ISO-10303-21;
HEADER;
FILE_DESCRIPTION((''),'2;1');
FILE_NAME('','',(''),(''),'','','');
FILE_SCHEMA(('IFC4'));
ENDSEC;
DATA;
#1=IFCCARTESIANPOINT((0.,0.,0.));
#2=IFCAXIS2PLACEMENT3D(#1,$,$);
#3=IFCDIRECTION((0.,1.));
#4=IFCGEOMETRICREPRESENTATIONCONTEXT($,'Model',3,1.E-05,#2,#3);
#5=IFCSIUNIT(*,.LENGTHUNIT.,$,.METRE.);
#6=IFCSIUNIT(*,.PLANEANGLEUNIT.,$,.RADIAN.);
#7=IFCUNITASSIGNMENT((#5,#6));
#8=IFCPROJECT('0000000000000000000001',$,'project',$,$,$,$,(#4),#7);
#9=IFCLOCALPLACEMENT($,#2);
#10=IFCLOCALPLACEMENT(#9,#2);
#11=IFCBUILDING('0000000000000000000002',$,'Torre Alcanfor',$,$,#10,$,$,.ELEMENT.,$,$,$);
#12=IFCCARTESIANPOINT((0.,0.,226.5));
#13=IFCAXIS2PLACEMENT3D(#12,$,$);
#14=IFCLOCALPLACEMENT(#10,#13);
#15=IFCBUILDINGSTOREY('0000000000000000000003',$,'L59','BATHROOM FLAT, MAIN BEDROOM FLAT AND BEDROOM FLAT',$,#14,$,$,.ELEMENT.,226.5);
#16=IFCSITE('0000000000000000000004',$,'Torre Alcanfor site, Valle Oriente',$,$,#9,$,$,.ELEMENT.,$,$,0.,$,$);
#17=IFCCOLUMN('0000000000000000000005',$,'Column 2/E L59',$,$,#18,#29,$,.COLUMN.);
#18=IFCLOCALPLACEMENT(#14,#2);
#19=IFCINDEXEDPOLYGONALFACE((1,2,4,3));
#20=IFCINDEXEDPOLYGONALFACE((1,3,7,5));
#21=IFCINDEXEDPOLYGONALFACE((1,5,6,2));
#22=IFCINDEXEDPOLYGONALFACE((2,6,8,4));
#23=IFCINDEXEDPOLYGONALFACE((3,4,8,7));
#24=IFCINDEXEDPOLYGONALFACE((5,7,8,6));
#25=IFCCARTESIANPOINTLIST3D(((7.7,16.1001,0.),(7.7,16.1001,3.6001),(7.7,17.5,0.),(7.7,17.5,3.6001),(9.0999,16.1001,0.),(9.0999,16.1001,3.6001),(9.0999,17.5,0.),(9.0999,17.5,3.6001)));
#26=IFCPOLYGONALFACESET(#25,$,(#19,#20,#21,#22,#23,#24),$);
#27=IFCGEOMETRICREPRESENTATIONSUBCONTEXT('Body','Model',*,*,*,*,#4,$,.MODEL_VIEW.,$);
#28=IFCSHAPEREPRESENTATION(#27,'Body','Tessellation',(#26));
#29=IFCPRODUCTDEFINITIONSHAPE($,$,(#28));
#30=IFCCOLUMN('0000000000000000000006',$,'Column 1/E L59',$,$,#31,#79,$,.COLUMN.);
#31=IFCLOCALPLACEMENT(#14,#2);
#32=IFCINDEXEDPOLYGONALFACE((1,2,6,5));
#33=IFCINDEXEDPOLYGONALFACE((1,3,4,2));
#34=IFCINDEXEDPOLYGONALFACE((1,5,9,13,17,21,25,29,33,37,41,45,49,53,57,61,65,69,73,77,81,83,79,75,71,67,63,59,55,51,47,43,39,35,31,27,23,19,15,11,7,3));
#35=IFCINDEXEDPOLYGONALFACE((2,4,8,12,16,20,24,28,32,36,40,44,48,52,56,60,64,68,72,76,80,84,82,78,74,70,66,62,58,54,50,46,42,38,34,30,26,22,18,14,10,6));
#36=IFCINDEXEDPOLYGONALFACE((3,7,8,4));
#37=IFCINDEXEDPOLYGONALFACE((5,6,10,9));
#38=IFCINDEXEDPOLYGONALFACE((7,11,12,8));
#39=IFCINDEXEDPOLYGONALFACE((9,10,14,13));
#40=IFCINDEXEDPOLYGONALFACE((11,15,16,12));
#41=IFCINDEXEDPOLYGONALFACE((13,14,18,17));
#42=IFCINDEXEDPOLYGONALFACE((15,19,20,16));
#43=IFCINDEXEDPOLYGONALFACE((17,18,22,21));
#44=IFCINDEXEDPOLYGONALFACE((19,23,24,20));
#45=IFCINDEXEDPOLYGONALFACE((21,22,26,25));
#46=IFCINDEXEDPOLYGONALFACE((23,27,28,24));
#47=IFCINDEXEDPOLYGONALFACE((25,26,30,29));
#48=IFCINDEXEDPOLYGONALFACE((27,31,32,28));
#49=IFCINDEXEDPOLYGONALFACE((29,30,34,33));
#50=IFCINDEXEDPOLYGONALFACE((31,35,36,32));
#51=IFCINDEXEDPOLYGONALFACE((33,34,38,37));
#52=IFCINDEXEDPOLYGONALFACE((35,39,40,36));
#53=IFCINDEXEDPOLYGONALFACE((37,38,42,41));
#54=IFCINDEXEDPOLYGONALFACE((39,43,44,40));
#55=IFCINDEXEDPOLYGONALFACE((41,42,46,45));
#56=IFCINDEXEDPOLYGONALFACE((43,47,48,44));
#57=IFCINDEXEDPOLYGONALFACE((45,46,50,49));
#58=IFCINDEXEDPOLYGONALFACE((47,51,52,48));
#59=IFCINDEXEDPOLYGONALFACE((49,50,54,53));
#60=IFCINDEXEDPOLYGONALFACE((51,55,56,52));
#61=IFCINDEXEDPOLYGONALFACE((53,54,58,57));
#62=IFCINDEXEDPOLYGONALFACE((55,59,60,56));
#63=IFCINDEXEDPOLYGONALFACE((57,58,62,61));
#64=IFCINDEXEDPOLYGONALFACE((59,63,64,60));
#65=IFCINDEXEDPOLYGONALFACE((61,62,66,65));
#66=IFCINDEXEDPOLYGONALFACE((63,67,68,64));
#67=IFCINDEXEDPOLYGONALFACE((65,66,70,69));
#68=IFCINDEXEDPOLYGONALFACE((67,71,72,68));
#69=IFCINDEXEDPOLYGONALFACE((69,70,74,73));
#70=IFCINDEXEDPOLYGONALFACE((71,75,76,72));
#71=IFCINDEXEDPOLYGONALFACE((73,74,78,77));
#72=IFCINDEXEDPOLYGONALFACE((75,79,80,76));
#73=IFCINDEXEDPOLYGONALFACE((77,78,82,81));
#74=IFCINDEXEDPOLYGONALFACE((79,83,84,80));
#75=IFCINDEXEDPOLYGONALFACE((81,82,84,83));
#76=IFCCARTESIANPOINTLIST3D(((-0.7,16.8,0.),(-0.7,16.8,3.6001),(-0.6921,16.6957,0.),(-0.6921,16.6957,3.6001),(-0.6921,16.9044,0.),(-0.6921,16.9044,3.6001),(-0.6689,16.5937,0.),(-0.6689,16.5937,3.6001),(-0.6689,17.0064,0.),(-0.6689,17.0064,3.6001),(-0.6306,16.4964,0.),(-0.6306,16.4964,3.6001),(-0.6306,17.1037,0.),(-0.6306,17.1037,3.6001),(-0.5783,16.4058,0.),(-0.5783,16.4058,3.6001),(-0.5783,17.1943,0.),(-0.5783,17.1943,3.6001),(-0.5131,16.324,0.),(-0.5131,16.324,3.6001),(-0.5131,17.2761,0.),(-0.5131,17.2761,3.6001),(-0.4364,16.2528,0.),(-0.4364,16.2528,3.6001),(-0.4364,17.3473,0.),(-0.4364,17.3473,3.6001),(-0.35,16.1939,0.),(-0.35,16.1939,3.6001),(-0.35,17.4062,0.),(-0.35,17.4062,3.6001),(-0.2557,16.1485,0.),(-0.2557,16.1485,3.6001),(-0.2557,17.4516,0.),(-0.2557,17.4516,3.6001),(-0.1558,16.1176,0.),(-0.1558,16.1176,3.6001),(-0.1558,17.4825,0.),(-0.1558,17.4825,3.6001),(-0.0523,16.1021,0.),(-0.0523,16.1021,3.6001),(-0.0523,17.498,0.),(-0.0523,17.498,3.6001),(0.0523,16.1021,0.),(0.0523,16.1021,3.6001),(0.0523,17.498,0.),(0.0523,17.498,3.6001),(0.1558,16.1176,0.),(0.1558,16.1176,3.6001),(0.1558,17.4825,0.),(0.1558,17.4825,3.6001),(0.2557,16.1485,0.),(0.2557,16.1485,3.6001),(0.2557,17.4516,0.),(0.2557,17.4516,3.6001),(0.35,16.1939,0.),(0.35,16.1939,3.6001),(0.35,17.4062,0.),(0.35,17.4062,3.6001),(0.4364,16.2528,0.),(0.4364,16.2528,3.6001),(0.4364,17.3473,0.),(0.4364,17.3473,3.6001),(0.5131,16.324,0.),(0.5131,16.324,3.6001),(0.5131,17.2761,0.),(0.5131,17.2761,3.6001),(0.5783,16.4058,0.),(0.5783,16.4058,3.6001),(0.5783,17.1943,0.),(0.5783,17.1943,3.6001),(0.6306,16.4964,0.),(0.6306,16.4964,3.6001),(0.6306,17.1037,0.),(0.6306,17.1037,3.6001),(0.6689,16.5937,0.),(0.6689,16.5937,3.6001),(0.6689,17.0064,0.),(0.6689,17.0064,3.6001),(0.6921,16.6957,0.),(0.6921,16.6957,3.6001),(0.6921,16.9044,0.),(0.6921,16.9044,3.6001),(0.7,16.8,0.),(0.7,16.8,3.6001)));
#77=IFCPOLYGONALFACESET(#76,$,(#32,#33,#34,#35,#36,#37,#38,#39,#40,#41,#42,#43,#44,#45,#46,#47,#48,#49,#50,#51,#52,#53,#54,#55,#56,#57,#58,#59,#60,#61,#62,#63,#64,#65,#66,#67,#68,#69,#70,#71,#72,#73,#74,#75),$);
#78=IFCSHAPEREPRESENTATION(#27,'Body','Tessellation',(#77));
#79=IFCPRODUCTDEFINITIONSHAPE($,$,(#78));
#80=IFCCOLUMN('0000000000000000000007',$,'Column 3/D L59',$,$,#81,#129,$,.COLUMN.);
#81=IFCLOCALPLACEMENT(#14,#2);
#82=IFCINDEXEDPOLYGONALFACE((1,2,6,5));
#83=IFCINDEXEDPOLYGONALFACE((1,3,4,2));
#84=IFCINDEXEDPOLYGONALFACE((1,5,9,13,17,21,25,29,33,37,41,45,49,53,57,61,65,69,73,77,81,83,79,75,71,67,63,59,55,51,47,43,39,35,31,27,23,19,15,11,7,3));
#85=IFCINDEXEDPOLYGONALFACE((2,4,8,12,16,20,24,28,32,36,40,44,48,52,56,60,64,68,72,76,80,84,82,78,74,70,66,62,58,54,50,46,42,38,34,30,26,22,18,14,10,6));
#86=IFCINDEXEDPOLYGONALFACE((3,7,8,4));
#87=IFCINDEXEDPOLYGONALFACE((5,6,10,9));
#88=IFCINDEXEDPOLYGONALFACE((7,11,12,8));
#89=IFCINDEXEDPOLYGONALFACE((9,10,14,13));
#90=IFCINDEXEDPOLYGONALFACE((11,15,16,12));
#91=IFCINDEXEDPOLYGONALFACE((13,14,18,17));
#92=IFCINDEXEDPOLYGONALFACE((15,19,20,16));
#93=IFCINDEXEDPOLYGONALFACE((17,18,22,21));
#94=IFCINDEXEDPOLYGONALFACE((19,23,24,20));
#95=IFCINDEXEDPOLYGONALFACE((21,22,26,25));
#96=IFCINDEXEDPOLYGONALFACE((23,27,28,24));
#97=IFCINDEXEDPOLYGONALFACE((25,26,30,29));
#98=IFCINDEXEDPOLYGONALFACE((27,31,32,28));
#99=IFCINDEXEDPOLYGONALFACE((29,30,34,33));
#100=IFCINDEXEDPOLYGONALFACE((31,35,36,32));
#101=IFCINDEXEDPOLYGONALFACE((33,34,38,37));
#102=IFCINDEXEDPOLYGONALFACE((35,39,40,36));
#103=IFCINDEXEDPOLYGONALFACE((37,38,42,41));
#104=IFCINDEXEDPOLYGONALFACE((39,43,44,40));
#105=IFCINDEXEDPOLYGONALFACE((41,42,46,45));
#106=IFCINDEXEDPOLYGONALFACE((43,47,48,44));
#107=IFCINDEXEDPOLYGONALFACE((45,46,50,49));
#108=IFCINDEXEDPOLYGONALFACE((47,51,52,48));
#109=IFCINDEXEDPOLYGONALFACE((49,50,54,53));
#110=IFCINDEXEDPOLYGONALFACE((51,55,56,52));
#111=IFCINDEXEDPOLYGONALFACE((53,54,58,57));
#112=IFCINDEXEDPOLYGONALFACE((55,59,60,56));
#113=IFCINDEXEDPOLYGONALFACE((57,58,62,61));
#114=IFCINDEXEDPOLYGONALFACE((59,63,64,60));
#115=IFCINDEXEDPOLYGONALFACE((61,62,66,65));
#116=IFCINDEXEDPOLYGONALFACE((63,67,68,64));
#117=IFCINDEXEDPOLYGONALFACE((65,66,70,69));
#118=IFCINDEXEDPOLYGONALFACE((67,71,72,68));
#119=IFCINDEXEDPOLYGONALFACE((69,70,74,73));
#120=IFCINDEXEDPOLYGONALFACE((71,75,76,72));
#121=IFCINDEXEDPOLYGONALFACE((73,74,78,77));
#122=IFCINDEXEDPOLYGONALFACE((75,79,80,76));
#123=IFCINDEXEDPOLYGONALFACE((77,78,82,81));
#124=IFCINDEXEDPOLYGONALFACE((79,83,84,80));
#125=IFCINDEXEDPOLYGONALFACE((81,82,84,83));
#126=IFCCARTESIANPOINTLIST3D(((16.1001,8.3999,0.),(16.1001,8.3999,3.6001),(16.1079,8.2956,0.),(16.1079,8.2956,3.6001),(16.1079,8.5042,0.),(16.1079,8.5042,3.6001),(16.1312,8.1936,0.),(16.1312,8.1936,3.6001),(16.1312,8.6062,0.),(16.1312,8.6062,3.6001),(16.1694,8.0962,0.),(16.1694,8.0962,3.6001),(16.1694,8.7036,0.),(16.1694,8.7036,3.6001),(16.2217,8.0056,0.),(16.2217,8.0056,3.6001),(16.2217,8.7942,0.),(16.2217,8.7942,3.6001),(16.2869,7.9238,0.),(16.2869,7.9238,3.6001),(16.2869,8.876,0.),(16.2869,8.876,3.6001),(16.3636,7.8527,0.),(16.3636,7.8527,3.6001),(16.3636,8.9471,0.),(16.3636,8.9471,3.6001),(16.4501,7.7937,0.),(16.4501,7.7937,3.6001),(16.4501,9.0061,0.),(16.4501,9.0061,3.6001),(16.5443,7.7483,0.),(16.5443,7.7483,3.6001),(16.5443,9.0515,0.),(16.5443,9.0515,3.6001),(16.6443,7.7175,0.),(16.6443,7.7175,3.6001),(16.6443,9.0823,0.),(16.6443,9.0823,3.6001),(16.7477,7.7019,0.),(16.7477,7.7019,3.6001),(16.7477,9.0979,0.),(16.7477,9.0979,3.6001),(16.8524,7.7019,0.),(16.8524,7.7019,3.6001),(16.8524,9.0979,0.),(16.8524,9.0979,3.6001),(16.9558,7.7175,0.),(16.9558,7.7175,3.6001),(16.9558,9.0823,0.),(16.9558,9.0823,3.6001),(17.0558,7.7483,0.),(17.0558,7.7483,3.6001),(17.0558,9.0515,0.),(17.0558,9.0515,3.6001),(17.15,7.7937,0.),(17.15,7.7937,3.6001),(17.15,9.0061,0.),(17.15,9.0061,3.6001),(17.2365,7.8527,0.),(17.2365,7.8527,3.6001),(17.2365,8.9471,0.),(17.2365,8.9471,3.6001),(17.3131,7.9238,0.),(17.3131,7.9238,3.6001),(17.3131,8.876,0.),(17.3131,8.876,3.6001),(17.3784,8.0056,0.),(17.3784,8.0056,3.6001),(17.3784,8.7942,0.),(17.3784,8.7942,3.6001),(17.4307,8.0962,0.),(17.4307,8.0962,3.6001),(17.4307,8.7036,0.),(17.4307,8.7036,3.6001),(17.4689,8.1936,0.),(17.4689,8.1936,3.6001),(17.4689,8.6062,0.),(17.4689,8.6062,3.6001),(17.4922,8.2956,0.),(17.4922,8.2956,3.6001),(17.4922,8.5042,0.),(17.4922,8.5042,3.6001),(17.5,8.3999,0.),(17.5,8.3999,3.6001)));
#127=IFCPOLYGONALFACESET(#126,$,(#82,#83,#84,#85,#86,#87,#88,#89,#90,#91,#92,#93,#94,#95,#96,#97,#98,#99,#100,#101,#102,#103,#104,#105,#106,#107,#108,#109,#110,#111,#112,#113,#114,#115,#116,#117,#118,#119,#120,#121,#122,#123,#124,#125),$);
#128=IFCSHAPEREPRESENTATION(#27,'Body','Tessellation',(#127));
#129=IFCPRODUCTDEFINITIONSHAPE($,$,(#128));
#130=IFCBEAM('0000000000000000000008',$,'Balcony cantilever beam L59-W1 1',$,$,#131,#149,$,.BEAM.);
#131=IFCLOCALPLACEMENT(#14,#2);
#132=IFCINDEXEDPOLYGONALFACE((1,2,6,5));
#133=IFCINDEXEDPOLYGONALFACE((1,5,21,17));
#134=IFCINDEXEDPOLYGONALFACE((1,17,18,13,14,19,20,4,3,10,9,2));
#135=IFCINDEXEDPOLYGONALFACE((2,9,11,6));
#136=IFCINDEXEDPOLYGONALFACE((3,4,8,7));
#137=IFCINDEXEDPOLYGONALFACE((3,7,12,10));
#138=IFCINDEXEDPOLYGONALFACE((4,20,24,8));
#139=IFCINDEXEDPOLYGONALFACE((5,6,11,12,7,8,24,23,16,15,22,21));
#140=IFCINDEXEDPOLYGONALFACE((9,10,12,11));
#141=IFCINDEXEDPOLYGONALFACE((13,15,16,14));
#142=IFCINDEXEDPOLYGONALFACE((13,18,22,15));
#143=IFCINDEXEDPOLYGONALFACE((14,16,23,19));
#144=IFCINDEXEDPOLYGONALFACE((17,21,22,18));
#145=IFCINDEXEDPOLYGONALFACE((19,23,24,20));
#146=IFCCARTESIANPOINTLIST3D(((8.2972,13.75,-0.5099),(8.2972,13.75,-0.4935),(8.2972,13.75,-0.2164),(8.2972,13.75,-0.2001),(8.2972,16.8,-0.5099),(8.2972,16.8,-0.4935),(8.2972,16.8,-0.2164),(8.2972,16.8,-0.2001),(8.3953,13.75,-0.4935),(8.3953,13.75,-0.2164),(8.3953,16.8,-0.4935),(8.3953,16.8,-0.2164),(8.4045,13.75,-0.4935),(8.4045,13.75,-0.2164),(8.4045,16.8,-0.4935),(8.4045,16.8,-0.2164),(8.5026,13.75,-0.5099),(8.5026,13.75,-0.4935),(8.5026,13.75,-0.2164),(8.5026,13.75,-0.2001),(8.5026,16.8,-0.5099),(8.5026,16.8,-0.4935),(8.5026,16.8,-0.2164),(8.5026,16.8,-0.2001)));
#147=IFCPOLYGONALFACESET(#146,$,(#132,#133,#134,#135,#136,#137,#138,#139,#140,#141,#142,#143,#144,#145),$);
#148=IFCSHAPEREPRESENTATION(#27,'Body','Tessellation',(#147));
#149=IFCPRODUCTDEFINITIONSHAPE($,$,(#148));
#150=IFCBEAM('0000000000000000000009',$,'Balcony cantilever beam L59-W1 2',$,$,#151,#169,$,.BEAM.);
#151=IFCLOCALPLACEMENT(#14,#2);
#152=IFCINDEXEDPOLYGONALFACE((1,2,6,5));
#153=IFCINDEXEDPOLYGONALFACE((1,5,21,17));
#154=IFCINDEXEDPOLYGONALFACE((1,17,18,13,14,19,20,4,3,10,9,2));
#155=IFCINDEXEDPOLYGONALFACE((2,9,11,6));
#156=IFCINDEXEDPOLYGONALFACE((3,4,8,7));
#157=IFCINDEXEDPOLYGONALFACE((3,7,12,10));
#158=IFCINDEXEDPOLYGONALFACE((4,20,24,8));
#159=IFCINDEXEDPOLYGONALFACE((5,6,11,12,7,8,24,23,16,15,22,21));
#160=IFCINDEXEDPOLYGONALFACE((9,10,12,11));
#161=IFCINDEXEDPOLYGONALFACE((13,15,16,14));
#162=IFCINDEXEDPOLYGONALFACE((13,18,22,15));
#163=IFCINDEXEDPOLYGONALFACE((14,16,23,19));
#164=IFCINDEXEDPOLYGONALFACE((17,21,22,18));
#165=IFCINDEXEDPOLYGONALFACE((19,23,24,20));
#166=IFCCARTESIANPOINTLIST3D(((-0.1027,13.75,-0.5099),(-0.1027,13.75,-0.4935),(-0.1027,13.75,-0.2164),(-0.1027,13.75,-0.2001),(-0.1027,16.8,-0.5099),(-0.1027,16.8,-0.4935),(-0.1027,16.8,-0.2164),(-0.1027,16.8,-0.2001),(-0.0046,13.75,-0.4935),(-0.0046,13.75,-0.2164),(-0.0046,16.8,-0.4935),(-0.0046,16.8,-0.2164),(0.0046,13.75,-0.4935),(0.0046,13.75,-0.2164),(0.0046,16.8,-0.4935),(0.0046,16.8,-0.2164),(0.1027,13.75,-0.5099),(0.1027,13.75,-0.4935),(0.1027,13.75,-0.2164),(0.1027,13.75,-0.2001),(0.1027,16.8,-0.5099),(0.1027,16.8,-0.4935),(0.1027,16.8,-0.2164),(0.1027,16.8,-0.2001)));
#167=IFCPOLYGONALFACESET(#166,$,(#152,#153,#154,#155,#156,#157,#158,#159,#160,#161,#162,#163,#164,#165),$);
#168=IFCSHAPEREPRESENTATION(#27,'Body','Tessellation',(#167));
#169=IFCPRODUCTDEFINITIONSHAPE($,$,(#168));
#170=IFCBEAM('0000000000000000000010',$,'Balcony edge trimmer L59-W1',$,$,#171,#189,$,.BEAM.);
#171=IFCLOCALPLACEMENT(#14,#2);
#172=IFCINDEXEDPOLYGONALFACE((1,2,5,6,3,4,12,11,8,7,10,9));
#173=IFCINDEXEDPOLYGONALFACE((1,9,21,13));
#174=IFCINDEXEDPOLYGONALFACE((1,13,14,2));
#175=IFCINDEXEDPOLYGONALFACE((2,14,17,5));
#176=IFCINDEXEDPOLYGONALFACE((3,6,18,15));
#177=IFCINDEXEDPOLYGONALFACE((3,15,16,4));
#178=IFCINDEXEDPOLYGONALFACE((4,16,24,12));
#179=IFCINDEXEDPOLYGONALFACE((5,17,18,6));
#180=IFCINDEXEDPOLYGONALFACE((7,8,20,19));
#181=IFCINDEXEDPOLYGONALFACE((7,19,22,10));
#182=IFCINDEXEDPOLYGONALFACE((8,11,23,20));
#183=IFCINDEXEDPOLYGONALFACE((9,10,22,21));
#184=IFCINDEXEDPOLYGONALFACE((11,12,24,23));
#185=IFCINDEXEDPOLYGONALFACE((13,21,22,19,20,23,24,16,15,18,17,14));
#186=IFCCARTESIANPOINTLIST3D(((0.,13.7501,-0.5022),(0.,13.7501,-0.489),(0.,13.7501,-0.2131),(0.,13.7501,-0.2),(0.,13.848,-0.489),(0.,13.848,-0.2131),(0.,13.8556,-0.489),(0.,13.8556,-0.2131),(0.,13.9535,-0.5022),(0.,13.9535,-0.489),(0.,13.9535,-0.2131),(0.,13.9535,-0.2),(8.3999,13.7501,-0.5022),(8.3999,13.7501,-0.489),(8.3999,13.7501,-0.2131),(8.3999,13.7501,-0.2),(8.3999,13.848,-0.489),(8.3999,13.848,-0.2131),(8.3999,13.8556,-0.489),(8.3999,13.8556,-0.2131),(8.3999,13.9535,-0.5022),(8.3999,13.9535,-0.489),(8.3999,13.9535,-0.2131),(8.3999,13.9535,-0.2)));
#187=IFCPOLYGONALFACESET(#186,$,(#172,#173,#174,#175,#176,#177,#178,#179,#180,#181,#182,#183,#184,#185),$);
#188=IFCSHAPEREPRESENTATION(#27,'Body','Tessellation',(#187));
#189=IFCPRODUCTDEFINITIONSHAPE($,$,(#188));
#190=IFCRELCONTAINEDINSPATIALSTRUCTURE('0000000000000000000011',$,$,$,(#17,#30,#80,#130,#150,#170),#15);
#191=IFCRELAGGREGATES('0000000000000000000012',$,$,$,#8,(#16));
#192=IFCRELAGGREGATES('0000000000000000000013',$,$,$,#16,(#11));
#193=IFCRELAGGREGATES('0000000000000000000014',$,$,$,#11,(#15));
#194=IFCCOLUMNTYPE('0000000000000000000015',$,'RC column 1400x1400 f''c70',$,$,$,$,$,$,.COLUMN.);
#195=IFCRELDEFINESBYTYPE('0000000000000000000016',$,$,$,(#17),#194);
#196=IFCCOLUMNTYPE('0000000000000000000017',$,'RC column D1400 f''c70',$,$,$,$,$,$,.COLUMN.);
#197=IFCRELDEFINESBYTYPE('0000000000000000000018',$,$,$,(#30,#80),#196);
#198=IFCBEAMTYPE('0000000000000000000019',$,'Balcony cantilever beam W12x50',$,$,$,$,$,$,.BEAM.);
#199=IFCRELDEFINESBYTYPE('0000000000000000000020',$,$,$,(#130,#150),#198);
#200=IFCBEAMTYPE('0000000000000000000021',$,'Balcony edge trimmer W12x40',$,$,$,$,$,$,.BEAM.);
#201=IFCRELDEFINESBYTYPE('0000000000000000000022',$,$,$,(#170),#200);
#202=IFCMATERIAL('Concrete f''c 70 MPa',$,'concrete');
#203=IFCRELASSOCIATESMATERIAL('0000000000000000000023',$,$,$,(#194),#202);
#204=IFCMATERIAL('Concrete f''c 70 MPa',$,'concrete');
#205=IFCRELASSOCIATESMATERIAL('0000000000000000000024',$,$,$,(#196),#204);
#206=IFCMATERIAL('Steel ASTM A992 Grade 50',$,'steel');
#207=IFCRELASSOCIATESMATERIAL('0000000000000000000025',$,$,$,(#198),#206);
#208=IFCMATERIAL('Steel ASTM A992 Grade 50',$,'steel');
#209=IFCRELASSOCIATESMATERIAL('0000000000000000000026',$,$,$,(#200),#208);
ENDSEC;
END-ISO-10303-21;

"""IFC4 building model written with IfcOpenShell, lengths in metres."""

from ifc_helpers import new_model, si_unit, direction, frame, origin, origin_2d, place, context, subcontext, project, spatial, rectangle, circle, i_section, extrude, material, material_profile, profile_set, type_object, element, save


model = new_model("IFC4")

# Units and contexts
model_context = context("Model", 3, precision=1e-05, world=origin(), true_north=direction((0.0, 1.0)))
body_context = subcontext(model_context, "Body", "Model", "MODEL_VIEW")
ifc_project = project(units=[si_unit("LENGTHUNIT", "METRE"), si_unit("PLANEANGLEUNIT", "RADIAN")], contexts=[model_context])

# Site, building, storey
site_placement = place(None, origin())
site = spatial("IfcSite", under=ifc_project, at=site_placement, Name="Torre Alcanfor site, Valle Oriente", CompositionType="ELEMENT", RefElevation=0.0)
building_placement = place(site_placement, origin())
building = spatial("IfcBuilding", under=site, at=building_placement, Name="Torre Alcanfor", CompositionType="ELEMENT")
storey_placement = place(building_placement, frame((0.0, 0.0, 226.5)))
storey = spatial("IfcBuildingStorey", under=building, at=storey_placement, Name="L59", Description="BATHROOM FLAT, MAIN BEDROOM FLAT AND BEDROOM FLAT", CompositionType="ELEMENT", Elevation=226.5)

# Columns
ifc_material_1 = material(Name="Concrete f'c 70 MPa", Category="concrete")
ifc_material_profile_1 = material_profile(ifc_material_1, rectangle(XDim=1.3999, YDim=1.3999, at=origin_2d()), Name="1400x1400")
ifc_profile_set_1 = profile_set([ifc_material_profile_1], Name="Concrete f'c 70 MPa")
column_type_1 = type_object("IfcColumnType", Name="RC column 1400x1400 f'c70", PredefinedType="COLUMN", material=ifc_profile_set_1)
column_placement = place(storey_placement, frame((8.3999, 16.8, 0.0), z_axis=(0.0, 0.0, 1.0), x_axis=(1.0, 0.0, 0.0)))
element("IfcColumn", 1, at=column_placement, inside=storey, type_object=column_type_1, Name="Column 2/E L59", PredefinedType="COLUMN", context=body_context, shape_type="SweptSolid", body=[
    extrude(rectangle(XDim=1.3999, YDim=1.3999, at=origin_2d()), origin(), (0.0, 0.0, 1.0), 3.6001),
])
ifc_material_2 = material(Name="Concrete f'c 70 MPa", Category="concrete")
ifc_material_profile_2 = material_profile(ifc_material_2, circle(Radius=0.7, at=origin_2d()), Name="D1400")
ifc_profile_set_2 = profile_set([ifc_material_profile_2], Name="Concrete f'c 70 MPa")
column_type_2 = type_object("IfcColumnType", Name="RC column D1400 f'c70", PredefinedType="COLUMN", material=ifc_profile_set_2)
for number, where, z_axis, x_axis, name in (
    (2, (0.0, 16.8, 0.0), (0.0, 0.0, 1.0), (1.0, 0.0, 0.0), "Column 1/E L59"),
    (3, (16.8, 8.3999, 0.0), (0.0, 0.0, 1.0), (1.0, 0.0, 0.0), "Column 3/D L59"),
):
    element("IfcColumn", number, at=place(storey_placement, frame(where, z_axis=z_axis, x_axis=x_axis)), inside=storey, type_object=column_type_2, Name=name, PredefinedType="COLUMN", context=body_context, shape_type="SweptSolid", body=[
        extrude(circle(Radius=0.7, at=origin_2d()), origin(), (0.0, 0.0, 1.0), 3.6001),
    ])

# Beams
ifc_material_3 = material(Name="Steel ASTM A992 Grade 50", Category="steel")
ifc_material_profile_3 = material_profile(ifc_material_3, i_section(OverallWidth=0.2053, OverallDepth=0.3098, WebThickness=0.0093, FlangeThickness=0.0164, at=origin_2d()), Name="W12x50")
ifc_profile_set_3 = profile_set([ifc_material_profile_3], Name="Steel ASTM A992 Grade 50")
beam_type_1 = type_object("IfcBeamType", Name="Balcony cantilever beam W12x50", PredefinedType="BEAM", material=ifc_profile_set_3)
for number, where, z_axis, x_axis, name in (
    (4, (8.3999, 16.8, -0.355), (0.0, -1.0, 0.0), (1.0, 0.0, 0.0), "Balcony cantilever beam L59-W1 1"),
    (5, (0.0, 16.8, -0.355), (0.0, -1.0, 0.0), (1.0, 0.0, 0.0), "Balcony cantilever beam L59-W1 2"),
):
    element("IfcBeam", number, at=place(storey_placement, frame(where, z_axis=z_axis, x_axis=x_axis)), inside=storey, type_object=beam_type_1, Name=name, PredefinedType="BEAM", context=body_context, shape_type="SweptSolid", body=[
        extrude(i_section(OverallWidth=0.2053, OverallDepth=0.3098, WebThickness=0.0093, FlangeThickness=0.0164, at=origin_2d()), origin(), (0.0, 0.0, 1.0), 3.05),
    ])
ifc_material_4 = material(Name="Steel ASTM A992 Grade 50", Category="steel")
ifc_material_profile_4 = material_profile(ifc_material_4, i_section(OverallWidth=0.2034, OverallDepth=0.3022, WebThickness=0.0076, FlangeThickness=0.0132, at=origin_2d()), Name="W12x40")
ifc_profile_set_4 = profile_set([ifc_material_profile_4], Name="Steel ASTM A992 Grade 50")
beam_type_2 = type_object("IfcBeamType", Name="Balcony edge trimmer W12x40", PredefinedType="BEAM", material=ifc_profile_set_4)
beam_1_placement = place(storey_placement, frame((8.3999, 13.8518, -0.3511), z_axis=(-1.0, 0.0, 0.0), x_axis=(0.0, -1.0, 0.0)))
element("IfcBeam", 6, at=beam_1_placement, inside=storey, type_object=beam_type_2, Name="Balcony edge trimmer L59-W1", PredefinedType="BEAM", context=body_context, shape_type="SweptSolid", body=[
    extrude(i_section(OverallWidth=0.2034, OverallDepth=0.3022, WebThickness=0.0076, FlangeThickness=0.0132, at=origin_2d()), origin(), (0.0, 0.0, 1.0), 8.3999),
])

save(model, "model.ifc")
